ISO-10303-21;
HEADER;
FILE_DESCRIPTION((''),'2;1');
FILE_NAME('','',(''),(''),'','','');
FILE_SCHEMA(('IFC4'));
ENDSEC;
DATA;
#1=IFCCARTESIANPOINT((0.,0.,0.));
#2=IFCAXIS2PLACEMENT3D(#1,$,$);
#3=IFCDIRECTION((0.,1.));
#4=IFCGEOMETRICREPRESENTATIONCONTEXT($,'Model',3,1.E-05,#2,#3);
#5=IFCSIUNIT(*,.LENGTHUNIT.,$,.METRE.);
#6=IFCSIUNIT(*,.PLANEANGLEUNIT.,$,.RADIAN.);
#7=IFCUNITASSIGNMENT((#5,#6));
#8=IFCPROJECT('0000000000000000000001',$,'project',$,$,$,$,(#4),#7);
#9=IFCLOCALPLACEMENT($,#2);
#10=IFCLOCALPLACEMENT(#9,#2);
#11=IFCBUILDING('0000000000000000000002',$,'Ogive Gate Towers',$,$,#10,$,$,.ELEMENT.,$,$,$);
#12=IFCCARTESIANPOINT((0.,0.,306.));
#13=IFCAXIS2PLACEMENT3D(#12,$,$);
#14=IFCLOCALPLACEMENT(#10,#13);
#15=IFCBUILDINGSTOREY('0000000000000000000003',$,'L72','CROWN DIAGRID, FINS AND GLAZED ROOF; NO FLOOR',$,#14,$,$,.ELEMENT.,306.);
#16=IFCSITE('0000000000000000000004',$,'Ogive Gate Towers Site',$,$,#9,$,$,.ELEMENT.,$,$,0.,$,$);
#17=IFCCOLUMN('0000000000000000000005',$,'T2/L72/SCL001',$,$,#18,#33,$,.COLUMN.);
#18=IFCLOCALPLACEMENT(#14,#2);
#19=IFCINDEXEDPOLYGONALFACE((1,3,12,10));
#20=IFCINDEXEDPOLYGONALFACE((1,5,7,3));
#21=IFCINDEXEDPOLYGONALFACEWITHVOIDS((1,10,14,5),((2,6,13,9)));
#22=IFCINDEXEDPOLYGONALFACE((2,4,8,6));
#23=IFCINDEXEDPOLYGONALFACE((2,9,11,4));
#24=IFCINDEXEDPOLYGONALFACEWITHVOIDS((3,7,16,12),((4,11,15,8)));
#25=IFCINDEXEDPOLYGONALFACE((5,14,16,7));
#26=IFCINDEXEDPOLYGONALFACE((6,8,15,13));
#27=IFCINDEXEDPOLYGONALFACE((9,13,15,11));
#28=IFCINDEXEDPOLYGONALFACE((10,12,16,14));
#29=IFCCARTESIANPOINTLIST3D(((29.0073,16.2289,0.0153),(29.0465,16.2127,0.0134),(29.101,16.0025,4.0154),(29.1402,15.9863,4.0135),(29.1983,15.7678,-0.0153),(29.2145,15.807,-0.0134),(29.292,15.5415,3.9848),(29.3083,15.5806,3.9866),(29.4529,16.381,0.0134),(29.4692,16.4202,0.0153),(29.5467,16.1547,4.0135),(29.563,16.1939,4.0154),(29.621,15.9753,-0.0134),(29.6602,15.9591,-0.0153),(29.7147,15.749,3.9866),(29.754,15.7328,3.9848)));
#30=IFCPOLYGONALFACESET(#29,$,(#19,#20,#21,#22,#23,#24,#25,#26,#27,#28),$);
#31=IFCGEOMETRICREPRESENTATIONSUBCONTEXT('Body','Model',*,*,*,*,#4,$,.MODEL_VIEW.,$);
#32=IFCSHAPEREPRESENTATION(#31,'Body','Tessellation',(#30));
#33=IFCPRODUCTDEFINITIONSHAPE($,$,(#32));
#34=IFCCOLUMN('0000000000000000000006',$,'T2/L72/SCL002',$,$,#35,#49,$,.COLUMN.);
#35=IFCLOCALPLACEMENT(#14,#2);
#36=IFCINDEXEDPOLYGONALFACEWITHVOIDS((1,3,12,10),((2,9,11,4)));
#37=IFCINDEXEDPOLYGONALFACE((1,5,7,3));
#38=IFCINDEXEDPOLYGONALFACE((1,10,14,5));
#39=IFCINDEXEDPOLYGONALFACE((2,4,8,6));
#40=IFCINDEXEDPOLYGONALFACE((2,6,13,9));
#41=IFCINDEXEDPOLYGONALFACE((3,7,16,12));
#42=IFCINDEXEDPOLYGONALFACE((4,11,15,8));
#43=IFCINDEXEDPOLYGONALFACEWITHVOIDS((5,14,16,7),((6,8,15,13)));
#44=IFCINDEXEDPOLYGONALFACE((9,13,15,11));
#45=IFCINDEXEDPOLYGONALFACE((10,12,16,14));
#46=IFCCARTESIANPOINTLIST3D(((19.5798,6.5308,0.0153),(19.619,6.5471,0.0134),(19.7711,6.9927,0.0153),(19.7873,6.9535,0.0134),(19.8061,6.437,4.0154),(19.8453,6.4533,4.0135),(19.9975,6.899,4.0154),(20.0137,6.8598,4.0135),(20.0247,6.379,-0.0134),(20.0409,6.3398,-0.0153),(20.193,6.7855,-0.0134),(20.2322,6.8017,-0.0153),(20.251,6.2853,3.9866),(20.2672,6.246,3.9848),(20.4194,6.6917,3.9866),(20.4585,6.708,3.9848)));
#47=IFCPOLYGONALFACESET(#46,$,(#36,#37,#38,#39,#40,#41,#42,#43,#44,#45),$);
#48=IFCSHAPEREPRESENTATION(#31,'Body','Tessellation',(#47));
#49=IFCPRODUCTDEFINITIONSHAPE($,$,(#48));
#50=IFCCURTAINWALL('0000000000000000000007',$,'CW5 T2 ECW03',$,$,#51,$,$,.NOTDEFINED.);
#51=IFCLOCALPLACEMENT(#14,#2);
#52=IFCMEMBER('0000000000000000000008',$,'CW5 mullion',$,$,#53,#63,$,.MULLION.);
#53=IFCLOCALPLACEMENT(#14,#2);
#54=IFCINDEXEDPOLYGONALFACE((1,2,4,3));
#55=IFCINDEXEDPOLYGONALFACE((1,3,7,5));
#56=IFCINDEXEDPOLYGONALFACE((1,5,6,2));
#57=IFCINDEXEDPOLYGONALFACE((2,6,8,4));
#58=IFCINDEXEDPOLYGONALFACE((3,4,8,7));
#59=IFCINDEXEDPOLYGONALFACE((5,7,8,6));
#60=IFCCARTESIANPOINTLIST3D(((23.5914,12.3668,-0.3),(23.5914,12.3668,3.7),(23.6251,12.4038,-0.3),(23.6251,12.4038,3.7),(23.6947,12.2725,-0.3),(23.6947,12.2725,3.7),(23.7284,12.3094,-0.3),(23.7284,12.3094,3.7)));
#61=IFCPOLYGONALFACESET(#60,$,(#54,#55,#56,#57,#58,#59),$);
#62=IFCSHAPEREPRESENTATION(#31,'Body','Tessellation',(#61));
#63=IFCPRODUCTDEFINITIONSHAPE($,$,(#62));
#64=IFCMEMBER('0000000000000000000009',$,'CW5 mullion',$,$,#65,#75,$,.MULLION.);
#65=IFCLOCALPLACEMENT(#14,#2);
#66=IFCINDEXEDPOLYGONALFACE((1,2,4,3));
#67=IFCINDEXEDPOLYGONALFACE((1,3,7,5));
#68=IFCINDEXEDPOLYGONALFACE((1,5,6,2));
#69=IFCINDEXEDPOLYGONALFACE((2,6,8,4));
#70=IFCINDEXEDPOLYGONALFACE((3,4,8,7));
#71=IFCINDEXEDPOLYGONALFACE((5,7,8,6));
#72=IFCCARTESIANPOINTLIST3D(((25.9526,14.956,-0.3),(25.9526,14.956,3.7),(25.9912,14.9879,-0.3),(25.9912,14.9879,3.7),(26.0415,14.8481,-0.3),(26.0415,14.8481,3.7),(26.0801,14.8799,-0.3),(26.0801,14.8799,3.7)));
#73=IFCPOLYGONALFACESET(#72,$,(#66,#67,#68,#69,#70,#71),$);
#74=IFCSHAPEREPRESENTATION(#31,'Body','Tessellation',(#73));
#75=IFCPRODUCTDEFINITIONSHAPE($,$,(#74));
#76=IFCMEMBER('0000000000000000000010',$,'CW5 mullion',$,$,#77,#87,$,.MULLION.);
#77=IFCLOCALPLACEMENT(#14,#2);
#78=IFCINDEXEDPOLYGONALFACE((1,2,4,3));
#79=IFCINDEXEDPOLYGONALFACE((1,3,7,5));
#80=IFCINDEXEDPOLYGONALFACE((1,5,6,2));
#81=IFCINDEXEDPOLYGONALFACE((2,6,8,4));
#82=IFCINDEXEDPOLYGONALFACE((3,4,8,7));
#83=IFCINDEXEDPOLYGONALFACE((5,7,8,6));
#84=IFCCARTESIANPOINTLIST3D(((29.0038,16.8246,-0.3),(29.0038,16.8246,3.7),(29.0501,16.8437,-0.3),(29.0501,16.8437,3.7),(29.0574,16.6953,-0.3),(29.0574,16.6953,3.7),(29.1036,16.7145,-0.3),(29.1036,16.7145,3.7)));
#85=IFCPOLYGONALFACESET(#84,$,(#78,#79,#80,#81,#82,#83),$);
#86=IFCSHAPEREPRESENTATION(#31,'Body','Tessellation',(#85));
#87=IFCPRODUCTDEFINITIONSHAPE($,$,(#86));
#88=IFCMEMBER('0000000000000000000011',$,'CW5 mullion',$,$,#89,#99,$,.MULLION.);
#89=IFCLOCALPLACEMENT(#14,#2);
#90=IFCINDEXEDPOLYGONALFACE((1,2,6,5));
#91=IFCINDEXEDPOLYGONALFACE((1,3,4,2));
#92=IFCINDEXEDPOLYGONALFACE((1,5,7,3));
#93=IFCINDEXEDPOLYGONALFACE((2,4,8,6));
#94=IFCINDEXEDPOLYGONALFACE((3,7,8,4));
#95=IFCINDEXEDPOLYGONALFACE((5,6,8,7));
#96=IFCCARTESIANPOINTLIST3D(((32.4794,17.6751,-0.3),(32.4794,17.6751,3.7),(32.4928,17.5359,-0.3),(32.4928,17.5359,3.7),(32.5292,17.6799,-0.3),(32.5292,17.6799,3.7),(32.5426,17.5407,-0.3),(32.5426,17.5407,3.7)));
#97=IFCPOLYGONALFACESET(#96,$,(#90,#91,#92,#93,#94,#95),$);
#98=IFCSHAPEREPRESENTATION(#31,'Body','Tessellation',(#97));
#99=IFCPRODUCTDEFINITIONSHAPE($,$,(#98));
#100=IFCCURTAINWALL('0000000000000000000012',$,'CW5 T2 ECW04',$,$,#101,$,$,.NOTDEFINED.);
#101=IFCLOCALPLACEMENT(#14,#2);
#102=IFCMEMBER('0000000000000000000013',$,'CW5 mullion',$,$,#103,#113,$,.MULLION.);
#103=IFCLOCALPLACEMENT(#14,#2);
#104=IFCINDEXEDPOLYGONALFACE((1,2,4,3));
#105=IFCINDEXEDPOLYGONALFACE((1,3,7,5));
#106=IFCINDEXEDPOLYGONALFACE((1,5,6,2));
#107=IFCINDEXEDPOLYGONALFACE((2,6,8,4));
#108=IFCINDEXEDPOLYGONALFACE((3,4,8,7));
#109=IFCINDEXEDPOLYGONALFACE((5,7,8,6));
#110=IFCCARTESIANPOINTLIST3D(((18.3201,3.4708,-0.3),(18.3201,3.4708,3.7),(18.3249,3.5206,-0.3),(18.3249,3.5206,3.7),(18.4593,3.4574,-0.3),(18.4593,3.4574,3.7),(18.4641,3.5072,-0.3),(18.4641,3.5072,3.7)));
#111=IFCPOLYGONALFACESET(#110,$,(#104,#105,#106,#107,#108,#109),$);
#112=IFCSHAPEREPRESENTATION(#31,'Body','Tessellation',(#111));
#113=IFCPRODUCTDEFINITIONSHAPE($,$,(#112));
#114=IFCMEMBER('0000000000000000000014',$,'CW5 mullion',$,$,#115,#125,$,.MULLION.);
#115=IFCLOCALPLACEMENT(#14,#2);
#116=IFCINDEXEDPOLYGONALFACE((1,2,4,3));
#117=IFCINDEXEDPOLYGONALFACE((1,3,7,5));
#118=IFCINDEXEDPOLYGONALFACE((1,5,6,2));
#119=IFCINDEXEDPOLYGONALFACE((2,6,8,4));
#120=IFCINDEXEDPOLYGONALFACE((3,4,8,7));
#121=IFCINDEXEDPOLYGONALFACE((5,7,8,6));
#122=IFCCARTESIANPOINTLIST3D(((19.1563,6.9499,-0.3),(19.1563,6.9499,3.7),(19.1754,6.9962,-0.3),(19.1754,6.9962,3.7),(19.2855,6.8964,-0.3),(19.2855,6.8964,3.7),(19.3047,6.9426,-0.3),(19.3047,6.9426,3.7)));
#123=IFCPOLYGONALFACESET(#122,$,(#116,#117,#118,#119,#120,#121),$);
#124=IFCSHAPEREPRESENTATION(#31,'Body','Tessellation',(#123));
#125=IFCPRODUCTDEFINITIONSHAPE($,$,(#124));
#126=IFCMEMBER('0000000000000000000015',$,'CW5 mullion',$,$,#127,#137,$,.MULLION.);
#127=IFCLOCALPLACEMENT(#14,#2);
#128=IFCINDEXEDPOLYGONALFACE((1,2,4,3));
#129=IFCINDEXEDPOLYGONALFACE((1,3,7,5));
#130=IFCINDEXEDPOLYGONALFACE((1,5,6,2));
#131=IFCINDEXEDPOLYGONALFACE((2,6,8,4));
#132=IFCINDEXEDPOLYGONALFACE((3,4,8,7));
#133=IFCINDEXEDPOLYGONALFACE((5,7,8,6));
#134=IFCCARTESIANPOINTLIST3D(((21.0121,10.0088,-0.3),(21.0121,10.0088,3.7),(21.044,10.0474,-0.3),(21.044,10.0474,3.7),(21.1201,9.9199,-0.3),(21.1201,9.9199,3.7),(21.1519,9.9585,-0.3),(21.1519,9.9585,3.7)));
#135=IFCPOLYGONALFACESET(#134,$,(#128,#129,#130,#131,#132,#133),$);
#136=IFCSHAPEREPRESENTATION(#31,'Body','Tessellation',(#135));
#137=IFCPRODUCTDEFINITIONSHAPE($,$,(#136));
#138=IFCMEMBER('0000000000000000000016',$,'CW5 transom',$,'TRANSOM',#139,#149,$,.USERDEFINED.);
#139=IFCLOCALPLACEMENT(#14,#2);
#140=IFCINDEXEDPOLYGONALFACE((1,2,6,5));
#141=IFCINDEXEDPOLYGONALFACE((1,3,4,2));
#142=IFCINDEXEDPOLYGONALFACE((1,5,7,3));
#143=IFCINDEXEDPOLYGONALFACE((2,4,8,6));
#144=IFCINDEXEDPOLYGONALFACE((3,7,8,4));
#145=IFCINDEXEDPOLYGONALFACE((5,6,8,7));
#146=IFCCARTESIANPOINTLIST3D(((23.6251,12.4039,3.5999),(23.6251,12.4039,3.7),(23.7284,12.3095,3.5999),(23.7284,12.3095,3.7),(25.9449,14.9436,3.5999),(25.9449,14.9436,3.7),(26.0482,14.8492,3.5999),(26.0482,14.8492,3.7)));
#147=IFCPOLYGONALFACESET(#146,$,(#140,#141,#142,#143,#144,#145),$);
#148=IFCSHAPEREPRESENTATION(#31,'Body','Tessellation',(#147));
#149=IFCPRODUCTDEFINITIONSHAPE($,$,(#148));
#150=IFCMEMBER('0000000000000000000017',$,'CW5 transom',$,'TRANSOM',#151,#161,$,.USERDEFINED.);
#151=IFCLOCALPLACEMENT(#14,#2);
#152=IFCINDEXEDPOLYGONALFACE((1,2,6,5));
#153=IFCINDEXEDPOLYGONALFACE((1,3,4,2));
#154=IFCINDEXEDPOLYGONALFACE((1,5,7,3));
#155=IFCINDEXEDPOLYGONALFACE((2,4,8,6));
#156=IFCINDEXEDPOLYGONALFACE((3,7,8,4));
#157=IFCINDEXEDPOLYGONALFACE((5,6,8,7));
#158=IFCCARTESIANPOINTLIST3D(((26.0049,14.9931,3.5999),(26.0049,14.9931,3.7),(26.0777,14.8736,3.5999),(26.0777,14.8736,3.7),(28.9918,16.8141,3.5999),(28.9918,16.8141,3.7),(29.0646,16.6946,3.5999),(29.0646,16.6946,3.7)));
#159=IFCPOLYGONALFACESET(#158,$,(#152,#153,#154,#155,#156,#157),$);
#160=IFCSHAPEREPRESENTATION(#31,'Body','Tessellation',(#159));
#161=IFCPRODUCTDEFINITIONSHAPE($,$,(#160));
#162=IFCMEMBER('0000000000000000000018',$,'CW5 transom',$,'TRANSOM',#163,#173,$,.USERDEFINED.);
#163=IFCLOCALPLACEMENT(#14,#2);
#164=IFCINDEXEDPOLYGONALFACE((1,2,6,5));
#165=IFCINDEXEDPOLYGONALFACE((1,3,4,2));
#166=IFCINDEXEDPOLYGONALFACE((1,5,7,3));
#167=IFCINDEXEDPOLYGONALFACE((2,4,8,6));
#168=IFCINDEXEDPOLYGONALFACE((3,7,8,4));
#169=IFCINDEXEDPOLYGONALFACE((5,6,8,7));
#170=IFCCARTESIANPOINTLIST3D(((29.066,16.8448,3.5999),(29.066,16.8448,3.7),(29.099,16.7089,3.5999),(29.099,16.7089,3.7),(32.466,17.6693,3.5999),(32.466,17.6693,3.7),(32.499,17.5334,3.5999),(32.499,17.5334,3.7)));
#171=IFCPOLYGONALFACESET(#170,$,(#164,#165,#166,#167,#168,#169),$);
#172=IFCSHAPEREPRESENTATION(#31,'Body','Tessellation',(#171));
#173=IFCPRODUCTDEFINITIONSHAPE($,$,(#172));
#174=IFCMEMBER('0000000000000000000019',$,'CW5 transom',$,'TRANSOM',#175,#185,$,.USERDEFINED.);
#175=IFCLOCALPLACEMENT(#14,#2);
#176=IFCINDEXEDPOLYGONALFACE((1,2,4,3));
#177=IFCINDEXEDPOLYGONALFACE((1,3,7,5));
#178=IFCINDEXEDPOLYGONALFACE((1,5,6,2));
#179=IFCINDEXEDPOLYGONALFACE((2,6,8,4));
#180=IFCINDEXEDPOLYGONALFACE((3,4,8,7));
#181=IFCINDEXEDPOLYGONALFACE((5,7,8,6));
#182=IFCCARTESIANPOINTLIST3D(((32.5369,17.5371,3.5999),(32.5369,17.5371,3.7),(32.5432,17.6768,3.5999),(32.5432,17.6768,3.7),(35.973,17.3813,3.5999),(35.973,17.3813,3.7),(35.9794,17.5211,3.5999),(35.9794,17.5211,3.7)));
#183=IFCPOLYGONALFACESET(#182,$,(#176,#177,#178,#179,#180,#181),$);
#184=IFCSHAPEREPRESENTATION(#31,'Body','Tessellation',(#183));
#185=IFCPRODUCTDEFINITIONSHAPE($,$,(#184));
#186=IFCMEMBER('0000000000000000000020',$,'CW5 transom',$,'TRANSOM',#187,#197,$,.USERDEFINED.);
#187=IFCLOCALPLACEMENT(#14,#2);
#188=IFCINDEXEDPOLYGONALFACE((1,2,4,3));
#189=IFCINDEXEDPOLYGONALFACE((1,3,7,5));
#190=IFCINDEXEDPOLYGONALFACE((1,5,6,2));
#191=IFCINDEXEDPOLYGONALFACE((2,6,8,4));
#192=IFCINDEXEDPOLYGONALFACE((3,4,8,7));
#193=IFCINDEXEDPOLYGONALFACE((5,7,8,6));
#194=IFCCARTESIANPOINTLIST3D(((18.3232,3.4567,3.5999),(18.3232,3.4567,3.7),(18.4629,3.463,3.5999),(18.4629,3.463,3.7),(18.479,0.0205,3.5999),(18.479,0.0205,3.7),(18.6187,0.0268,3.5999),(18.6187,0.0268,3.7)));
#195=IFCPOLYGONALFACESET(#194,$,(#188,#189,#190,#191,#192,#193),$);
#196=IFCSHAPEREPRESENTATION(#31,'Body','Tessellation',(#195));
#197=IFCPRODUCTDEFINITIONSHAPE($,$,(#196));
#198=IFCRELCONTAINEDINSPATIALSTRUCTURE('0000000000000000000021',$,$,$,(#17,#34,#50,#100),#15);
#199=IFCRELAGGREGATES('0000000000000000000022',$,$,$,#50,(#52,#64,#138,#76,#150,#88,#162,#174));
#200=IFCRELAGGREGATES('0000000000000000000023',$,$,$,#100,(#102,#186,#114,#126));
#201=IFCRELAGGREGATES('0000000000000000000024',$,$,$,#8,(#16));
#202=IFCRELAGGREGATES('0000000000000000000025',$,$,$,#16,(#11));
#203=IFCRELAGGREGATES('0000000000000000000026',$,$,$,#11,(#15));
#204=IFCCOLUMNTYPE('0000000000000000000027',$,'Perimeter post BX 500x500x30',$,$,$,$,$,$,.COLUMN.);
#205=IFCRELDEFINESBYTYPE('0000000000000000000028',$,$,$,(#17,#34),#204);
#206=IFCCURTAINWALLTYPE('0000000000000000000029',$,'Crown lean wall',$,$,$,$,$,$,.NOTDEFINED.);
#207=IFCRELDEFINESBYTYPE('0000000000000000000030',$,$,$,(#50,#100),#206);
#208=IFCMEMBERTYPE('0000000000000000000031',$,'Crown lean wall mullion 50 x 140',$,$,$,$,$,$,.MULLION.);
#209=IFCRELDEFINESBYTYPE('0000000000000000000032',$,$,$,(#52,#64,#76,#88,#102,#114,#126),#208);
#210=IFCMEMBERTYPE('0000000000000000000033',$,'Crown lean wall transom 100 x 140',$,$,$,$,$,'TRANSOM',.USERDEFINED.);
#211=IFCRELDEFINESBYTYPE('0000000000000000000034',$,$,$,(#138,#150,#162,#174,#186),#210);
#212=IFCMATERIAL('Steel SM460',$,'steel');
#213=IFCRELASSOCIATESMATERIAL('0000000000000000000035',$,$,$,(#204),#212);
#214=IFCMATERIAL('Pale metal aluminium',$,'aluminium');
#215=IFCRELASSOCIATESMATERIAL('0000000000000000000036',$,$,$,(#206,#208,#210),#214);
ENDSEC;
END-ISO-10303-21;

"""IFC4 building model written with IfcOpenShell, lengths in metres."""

from ifc_helpers import new_model, si_unit, direction, frame, origin, origin_2d, place, context, subcontext, project, spatial, rectangle, hollow_rectangle, extrude, material, material_profile, profile_set, type_object, element, aggregate, save


model = new_model("IFC4")

# Units and contexts
model_context = context("Model", 3, precision=1e-05, world=origin(), true_north=direction((0.0, 1.0)))
body_context = subcontext(model_context, "Body", "Model", "MODEL_VIEW")
ifc_project = project(units=[si_unit("LENGTHUNIT", "METRE"), si_unit("PLANEANGLEUNIT", "RADIAN")], contexts=[model_context])

# Site, building, storey
site_placement = place(None, origin())
site = spatial("IfcSite", under=ifc_project, at=site_placement, Name="Ogive Gate Towers Site", CompositionType="ELEMENT", RefElevation=0.0)
building_placement = place(site_placement, origin())
building = spatial("IfcBuilding", under=site, at=building_placement, Name="Ogive Gate Towers", CompositionType="ELEMENT")
storey_placement = place(building_placement, frame((0.0, 0.0, 306.0)))
storey = spatial("IfcBuildingStorey", under=building, at=storey_placement, Name="L72", Description="CROWN DIAGRID, FINS AND GLAZED ROOF; NO FLOOR", CompositionType="ELEMENT", Elevation=306.0)

# Columns
ifc_material_1 = material(Name="Steel SM460", Category="steel")
ifc_material_profile_1 = material_profile(ifc_material_1, hollow_rectangle(XDim=0.5, YDim=0.5, WallThickness=0.03, at=origin_2d()), Name="BX 500x500x30")
ifc_profile_set_1 = profile_set([ifc_material_profile_1], Name="Steel SM460")
column_type = type_object("IfcColumnType", Name="Perimeter post BX 500x500x30", PredefinedType="COLUMN", material=ifc_profile_set_1)
for number, where, z_axis, x_axis, name in (
    (1, (29.3337, 16.094, 0.0), (0.023394, -0.056474, 0.99813), (0.923871, 0.382704, 0.0), "T2/L72/SCL001"),
    (2, (19.906, 6.6663, 0.0), (0.056474, -0.023394, 0.99813), (0.382704, 0.923871, 0.0), "T2/L72/SCL002"),
):
    element("IfcColumn", number, at=place(storey_placement, frame(where, z_axis=z_axis, x_axis=x_axis)), inside=storey, type_object=column_type, Name=name, PredefinedType="COLUMN", context=body_context, shape_type="SweptSolid", body=[
        extrude(hollow_rectangle(XDim=0.5, YDim=0.5, WallThickness=0.03, at=origin_2d()), origin(), (0.0, 0.0, 1.0), 4.0076),
    ])

# Curtain walls, members
ifc_material_2 = material(Name="Pale metal aluminium", Category="aluminium")
curtain_wall_type = type_object("IfcCurtainWallType", Name="Crown lean wall", PredefinedType="NOTDEFINED", material=ifc_material_2)
curtain_wall_1_placement = place(storey_placement, origin())
curtain_wall_1 = element("IfcCurtainWall", 3, at=curtain_wall_1_placement, inside=storey, type_object=curtain_wall_type, Name="CW5 T2 ECW03", PredefinedType="NOTDEFINED")
ifc_material_profile_2 = material_profile(ifc_material_2, rectangle(XDim=0.1399, YDim=0.05, at=origin_2d()), Name="50 x 140 aluminium box")
ifc_profile_set_2 = profile_set([ifc_material_profile_2], Name="Pale metal aluminium")
member_type_1 = type_object("IfcMemberType", Name="Crown lean wall mullion 50 x 140", PredefinedType="MULLION", material=ifc_profile_set_2)
member_1_placement = place(storey_placement, frame((23.6599, 12.3381, -0.3), z_axis=(0.0, 0.0, 1.0), x_axis=(0.738408, -0.674354, 0.0)))
member_1 = element("IfcMember", 4, at=member_1_placement, type_object=member_type_1, Name="CW5 mullion", PredefinedType="MULLION", context=body_context, shape_type="SweptSolid", body=[
    extrude(rectangle(XDim=0.1399, YDim=0.05, at=origin_2d()), origin(), (0.0, 0.0, 1.0), 4.0),
])
member_2_placement = place(storey_placement, frame((26.0164, 14.918, -0.3), z_axis=(0.0, 0.0, 1.0), x_axis=(0.635822, -0.771835, 0.0)))
member_2 = element("IfcMember", 5, at=member_2_placement, type_object=member_type_1, Name="CW5 mullion", PredefinedType="MULLION", context=body_context, shape_type="SweptSolid", body=[
    extrude(rectangle(XDim=0.1399, YDim=0.05, at=origin_2d()), origin(), (0.0, 0.0, 1.0), 4.0),
])
member_3_placement = place(storey_placement, frame((29.0537, 16.7695, -0.3), z_axis=(0.0, 0.0, 1.0), x_axis=(0.382667, -0.923886, 0.0)))
member_3 = element("IfcMember", 6, at=member_3_placement, type_object=member_type_1, Name="CW5 mullion", PredefinedType="MULLION", context=body_context, shape_type="SweptSolid", body=[
    extrude(rectangle(XDim=0.1399, YDim=0.05, at=origin_2d()), origin(), (0.0, 0.0, 1.0), 4.0),
])
member_4_placement = place(storey_placement, frame((32.511, 17.6079, -0.3), z_axis=(0.0, 0.0, 1.0), x_axis=(0.096158, -0.995366, 0.0)))
member_4 = element("IfcMember", 7, at=member_4_placement, type_object=member_type_1, Name="CW5 mullion", PredefinedType="MULLION", context=body_context, shape_type="SweptSolid", body=[
    extrude(rectangle(XDim=0.1399, YDim=0.05, at=origin_2d()), origin(), (0.0, 0.0, 1.0), 4.0),
])
curtain_wall_2_placement = place(storey_placement, origin())
curtain_wall_2 = element("IfcCurtainWall", 8, at=curtain_wall_2_placement, inside=storey, type_object=curtain_wall_type, Name="CW5 T2 ECW04", PredefinedType="NOTDEFINED")
member_5_placement = place(storey_placement, frame((18.3921, 3.489, -0.3), z_axis=(0.0, 0.0, 1.0), x_axis=(0.995366, -0.096158, 0.0)))
member_5 = element("IfcMember", 9, at=member_5_placement, type_object=member_type_1, Name="CW5 mullion", PredefinedType="MULLION", context=body_context, shape_type="SweptSolid", body=[
    extrude(rectangle(XDim=0.1399, YDim=0.05, at=origin_2d()), origin(), (0.0, 0.0, 1.0), 4.0),
])
member_6_placement = place(storey_placement, frame((19.2305, 6.9463, -0.3), z_axis=(0.0, 0.0, 1.0), x_axis=(0.923886, -0.382667, 0.0)))
member_6 = element("IfcMember", 10, at=member_6_placement, type_object=member_type_1, Name="CW5 mullion", PredefinedType="MULLION", context=body_context, shape_type="SweptSolid", body=[
    extrude(rectangle(XDim=0.1399, YDim=0.05, at=origin_2d()), origin(), (0.0, 0.0, 1.0), 4.0),
])
member_7_placement = place(storey_placement, frame((21.082, 9.9836, -0.3), z_axis=(0.0, 0.0, 1.0), x_axis=(0.771835, -0.635822, 0.0)))
member_7 = element("IfcMember", 11, at=member_7_placement, type_object=member_type_1, Name="CW5 mullion", PredefinedType="MULLION", context=body_context, shape_type="SweptSolid", body=[
    extrude(rectangle(XDim=0.1399, YDim=0.05, at=origin_2d()), origin(), (0.0, 0.0, 1.0), 4.0),
])

# Members
ifc_material_profile_3 = material_profile(ifc_material_2, rectangle(XDim=0.1399, YDim=0.1001, at=origin_2d()), Name="100 x 140 aluminium box")
ifc_profile_set_3 = profile_set([ifc_material_profile_3], Name="Pale metal aluminium")
member_type_2 = type_object("IfcMemberType", Name="Crown lean wall transom 100 x 140", ElementType="TRANSOM", PredefinedType="USERDEFINED", material=ifc_profile_set_3)
member_8_placement = place(storey_placement, frame((23.6768, 12.3567, 3.6499), z_axis=(0.674409, 0.738358, 0.0), x_axis=(-0.738358, 0.674409, 0.0)))
member_8 = element("IfcMember", 12, at=member_8_placement, type_object=member_type_2, Name="CW5 transom", ObjectType="TRANSOM", PredefinedType="USERDEFINED", context=body_context, shape_type="SweptSolid", body=[
    extrude(rectangle(XDim=0.1399, YDim=0.1001, at=origin_2d()), origin(), (0.0, 0.0, 1.0), 3.4397),
])
member_9_placement = place(storey_placement, frame((26.0413, 14.9333, 3.6499), z_axis=(0.853839, 0.520538, 0.0), x_axis=(-0.520538, 0.853839, 0.0)))
member_9 = element("IfcMember", 13, at=member_9_placement, type_object=member_type_2, Name="CW5 transom", ObjectType="TRANSOM", PredefinedType="USERDEFINED", context=body_context, shape_type="SweptSolid", body=[
    extrude(rectangle(XDim=0.1399, YDim=0.1001, at=origin_2d()), origin(), (0.0, 0.0, 1.0), 3.4983),
])
member_10_placement = place(storey_placement, frame((29.0825, 16.7769, 3.6499), z_axis=(0.971834, 0.235666, 0.0), x_axis=(-0.235666, 0.971834, 0.0)))
member_10 = element("IfcMember", 14, at=member_10_placement, type_object=member_type_2, Name="CW5 transom", ObjectType="TRANSOM", PredefinedType="USERDEFINED", context=body_context, shape_type="SweptSolid", body=[
    extrude(rectangle(XDim=0.1399, YDim=0.1001, at=origin_2d()), origin(), (0.0, 0.0, 1.0), 3.4985),
])
member_11_placement = place(storey_placement, frame((32.54, 17.6069, 3.6499), z_axis=(0.998974, -0.045282, 0.0), x_axis=(0.045282, 0.998974, 0.0)))
member_11 = element("IfcMember", 15, at=member_11_placement, type_object=member_type_2, Name="CW5 transom", ObjectType="TRANSOM", PredefinedType="USERDEFINED", context=body_context, shape_type="SweptSolid", body=[
    extrude(rectangle(XDim=0.1399, YDim=0.1001, at=origin_2d()), origin(), (0.0, 0.0, 1.0), 3.4397),
])
member_12_placement = place(storey_placement, frame((18.5488, 0.0237, 3.6499), z_axis=(-0.045282, 0.998974, 0.0), x_axis=(-0.998974, -0.045282, 0.0)))
member_12 = element("IfcMember", 16, at=member_12_placement, type_object=member_type_2, Name="CW5 transom", ObjectType="TRANSOM", PredefinedType="USERDEFINED", context=body_context, shape_type="SweptSolid", body=[
    extrude(rectangle(XDim=0.1399, YDim=0.1001, at=origin_2d()), origin(), (0.0, 0.0, 1.0), 3.4397),
])

aggregate(curtain_wall_1, [member_1, member_2, member_8, member_3, member_9, member_4, member_10, member_11])
aggregate(curtain_wall_2, [member_5, member_12, member_6, member_7])

save(model, "model.ifc")
